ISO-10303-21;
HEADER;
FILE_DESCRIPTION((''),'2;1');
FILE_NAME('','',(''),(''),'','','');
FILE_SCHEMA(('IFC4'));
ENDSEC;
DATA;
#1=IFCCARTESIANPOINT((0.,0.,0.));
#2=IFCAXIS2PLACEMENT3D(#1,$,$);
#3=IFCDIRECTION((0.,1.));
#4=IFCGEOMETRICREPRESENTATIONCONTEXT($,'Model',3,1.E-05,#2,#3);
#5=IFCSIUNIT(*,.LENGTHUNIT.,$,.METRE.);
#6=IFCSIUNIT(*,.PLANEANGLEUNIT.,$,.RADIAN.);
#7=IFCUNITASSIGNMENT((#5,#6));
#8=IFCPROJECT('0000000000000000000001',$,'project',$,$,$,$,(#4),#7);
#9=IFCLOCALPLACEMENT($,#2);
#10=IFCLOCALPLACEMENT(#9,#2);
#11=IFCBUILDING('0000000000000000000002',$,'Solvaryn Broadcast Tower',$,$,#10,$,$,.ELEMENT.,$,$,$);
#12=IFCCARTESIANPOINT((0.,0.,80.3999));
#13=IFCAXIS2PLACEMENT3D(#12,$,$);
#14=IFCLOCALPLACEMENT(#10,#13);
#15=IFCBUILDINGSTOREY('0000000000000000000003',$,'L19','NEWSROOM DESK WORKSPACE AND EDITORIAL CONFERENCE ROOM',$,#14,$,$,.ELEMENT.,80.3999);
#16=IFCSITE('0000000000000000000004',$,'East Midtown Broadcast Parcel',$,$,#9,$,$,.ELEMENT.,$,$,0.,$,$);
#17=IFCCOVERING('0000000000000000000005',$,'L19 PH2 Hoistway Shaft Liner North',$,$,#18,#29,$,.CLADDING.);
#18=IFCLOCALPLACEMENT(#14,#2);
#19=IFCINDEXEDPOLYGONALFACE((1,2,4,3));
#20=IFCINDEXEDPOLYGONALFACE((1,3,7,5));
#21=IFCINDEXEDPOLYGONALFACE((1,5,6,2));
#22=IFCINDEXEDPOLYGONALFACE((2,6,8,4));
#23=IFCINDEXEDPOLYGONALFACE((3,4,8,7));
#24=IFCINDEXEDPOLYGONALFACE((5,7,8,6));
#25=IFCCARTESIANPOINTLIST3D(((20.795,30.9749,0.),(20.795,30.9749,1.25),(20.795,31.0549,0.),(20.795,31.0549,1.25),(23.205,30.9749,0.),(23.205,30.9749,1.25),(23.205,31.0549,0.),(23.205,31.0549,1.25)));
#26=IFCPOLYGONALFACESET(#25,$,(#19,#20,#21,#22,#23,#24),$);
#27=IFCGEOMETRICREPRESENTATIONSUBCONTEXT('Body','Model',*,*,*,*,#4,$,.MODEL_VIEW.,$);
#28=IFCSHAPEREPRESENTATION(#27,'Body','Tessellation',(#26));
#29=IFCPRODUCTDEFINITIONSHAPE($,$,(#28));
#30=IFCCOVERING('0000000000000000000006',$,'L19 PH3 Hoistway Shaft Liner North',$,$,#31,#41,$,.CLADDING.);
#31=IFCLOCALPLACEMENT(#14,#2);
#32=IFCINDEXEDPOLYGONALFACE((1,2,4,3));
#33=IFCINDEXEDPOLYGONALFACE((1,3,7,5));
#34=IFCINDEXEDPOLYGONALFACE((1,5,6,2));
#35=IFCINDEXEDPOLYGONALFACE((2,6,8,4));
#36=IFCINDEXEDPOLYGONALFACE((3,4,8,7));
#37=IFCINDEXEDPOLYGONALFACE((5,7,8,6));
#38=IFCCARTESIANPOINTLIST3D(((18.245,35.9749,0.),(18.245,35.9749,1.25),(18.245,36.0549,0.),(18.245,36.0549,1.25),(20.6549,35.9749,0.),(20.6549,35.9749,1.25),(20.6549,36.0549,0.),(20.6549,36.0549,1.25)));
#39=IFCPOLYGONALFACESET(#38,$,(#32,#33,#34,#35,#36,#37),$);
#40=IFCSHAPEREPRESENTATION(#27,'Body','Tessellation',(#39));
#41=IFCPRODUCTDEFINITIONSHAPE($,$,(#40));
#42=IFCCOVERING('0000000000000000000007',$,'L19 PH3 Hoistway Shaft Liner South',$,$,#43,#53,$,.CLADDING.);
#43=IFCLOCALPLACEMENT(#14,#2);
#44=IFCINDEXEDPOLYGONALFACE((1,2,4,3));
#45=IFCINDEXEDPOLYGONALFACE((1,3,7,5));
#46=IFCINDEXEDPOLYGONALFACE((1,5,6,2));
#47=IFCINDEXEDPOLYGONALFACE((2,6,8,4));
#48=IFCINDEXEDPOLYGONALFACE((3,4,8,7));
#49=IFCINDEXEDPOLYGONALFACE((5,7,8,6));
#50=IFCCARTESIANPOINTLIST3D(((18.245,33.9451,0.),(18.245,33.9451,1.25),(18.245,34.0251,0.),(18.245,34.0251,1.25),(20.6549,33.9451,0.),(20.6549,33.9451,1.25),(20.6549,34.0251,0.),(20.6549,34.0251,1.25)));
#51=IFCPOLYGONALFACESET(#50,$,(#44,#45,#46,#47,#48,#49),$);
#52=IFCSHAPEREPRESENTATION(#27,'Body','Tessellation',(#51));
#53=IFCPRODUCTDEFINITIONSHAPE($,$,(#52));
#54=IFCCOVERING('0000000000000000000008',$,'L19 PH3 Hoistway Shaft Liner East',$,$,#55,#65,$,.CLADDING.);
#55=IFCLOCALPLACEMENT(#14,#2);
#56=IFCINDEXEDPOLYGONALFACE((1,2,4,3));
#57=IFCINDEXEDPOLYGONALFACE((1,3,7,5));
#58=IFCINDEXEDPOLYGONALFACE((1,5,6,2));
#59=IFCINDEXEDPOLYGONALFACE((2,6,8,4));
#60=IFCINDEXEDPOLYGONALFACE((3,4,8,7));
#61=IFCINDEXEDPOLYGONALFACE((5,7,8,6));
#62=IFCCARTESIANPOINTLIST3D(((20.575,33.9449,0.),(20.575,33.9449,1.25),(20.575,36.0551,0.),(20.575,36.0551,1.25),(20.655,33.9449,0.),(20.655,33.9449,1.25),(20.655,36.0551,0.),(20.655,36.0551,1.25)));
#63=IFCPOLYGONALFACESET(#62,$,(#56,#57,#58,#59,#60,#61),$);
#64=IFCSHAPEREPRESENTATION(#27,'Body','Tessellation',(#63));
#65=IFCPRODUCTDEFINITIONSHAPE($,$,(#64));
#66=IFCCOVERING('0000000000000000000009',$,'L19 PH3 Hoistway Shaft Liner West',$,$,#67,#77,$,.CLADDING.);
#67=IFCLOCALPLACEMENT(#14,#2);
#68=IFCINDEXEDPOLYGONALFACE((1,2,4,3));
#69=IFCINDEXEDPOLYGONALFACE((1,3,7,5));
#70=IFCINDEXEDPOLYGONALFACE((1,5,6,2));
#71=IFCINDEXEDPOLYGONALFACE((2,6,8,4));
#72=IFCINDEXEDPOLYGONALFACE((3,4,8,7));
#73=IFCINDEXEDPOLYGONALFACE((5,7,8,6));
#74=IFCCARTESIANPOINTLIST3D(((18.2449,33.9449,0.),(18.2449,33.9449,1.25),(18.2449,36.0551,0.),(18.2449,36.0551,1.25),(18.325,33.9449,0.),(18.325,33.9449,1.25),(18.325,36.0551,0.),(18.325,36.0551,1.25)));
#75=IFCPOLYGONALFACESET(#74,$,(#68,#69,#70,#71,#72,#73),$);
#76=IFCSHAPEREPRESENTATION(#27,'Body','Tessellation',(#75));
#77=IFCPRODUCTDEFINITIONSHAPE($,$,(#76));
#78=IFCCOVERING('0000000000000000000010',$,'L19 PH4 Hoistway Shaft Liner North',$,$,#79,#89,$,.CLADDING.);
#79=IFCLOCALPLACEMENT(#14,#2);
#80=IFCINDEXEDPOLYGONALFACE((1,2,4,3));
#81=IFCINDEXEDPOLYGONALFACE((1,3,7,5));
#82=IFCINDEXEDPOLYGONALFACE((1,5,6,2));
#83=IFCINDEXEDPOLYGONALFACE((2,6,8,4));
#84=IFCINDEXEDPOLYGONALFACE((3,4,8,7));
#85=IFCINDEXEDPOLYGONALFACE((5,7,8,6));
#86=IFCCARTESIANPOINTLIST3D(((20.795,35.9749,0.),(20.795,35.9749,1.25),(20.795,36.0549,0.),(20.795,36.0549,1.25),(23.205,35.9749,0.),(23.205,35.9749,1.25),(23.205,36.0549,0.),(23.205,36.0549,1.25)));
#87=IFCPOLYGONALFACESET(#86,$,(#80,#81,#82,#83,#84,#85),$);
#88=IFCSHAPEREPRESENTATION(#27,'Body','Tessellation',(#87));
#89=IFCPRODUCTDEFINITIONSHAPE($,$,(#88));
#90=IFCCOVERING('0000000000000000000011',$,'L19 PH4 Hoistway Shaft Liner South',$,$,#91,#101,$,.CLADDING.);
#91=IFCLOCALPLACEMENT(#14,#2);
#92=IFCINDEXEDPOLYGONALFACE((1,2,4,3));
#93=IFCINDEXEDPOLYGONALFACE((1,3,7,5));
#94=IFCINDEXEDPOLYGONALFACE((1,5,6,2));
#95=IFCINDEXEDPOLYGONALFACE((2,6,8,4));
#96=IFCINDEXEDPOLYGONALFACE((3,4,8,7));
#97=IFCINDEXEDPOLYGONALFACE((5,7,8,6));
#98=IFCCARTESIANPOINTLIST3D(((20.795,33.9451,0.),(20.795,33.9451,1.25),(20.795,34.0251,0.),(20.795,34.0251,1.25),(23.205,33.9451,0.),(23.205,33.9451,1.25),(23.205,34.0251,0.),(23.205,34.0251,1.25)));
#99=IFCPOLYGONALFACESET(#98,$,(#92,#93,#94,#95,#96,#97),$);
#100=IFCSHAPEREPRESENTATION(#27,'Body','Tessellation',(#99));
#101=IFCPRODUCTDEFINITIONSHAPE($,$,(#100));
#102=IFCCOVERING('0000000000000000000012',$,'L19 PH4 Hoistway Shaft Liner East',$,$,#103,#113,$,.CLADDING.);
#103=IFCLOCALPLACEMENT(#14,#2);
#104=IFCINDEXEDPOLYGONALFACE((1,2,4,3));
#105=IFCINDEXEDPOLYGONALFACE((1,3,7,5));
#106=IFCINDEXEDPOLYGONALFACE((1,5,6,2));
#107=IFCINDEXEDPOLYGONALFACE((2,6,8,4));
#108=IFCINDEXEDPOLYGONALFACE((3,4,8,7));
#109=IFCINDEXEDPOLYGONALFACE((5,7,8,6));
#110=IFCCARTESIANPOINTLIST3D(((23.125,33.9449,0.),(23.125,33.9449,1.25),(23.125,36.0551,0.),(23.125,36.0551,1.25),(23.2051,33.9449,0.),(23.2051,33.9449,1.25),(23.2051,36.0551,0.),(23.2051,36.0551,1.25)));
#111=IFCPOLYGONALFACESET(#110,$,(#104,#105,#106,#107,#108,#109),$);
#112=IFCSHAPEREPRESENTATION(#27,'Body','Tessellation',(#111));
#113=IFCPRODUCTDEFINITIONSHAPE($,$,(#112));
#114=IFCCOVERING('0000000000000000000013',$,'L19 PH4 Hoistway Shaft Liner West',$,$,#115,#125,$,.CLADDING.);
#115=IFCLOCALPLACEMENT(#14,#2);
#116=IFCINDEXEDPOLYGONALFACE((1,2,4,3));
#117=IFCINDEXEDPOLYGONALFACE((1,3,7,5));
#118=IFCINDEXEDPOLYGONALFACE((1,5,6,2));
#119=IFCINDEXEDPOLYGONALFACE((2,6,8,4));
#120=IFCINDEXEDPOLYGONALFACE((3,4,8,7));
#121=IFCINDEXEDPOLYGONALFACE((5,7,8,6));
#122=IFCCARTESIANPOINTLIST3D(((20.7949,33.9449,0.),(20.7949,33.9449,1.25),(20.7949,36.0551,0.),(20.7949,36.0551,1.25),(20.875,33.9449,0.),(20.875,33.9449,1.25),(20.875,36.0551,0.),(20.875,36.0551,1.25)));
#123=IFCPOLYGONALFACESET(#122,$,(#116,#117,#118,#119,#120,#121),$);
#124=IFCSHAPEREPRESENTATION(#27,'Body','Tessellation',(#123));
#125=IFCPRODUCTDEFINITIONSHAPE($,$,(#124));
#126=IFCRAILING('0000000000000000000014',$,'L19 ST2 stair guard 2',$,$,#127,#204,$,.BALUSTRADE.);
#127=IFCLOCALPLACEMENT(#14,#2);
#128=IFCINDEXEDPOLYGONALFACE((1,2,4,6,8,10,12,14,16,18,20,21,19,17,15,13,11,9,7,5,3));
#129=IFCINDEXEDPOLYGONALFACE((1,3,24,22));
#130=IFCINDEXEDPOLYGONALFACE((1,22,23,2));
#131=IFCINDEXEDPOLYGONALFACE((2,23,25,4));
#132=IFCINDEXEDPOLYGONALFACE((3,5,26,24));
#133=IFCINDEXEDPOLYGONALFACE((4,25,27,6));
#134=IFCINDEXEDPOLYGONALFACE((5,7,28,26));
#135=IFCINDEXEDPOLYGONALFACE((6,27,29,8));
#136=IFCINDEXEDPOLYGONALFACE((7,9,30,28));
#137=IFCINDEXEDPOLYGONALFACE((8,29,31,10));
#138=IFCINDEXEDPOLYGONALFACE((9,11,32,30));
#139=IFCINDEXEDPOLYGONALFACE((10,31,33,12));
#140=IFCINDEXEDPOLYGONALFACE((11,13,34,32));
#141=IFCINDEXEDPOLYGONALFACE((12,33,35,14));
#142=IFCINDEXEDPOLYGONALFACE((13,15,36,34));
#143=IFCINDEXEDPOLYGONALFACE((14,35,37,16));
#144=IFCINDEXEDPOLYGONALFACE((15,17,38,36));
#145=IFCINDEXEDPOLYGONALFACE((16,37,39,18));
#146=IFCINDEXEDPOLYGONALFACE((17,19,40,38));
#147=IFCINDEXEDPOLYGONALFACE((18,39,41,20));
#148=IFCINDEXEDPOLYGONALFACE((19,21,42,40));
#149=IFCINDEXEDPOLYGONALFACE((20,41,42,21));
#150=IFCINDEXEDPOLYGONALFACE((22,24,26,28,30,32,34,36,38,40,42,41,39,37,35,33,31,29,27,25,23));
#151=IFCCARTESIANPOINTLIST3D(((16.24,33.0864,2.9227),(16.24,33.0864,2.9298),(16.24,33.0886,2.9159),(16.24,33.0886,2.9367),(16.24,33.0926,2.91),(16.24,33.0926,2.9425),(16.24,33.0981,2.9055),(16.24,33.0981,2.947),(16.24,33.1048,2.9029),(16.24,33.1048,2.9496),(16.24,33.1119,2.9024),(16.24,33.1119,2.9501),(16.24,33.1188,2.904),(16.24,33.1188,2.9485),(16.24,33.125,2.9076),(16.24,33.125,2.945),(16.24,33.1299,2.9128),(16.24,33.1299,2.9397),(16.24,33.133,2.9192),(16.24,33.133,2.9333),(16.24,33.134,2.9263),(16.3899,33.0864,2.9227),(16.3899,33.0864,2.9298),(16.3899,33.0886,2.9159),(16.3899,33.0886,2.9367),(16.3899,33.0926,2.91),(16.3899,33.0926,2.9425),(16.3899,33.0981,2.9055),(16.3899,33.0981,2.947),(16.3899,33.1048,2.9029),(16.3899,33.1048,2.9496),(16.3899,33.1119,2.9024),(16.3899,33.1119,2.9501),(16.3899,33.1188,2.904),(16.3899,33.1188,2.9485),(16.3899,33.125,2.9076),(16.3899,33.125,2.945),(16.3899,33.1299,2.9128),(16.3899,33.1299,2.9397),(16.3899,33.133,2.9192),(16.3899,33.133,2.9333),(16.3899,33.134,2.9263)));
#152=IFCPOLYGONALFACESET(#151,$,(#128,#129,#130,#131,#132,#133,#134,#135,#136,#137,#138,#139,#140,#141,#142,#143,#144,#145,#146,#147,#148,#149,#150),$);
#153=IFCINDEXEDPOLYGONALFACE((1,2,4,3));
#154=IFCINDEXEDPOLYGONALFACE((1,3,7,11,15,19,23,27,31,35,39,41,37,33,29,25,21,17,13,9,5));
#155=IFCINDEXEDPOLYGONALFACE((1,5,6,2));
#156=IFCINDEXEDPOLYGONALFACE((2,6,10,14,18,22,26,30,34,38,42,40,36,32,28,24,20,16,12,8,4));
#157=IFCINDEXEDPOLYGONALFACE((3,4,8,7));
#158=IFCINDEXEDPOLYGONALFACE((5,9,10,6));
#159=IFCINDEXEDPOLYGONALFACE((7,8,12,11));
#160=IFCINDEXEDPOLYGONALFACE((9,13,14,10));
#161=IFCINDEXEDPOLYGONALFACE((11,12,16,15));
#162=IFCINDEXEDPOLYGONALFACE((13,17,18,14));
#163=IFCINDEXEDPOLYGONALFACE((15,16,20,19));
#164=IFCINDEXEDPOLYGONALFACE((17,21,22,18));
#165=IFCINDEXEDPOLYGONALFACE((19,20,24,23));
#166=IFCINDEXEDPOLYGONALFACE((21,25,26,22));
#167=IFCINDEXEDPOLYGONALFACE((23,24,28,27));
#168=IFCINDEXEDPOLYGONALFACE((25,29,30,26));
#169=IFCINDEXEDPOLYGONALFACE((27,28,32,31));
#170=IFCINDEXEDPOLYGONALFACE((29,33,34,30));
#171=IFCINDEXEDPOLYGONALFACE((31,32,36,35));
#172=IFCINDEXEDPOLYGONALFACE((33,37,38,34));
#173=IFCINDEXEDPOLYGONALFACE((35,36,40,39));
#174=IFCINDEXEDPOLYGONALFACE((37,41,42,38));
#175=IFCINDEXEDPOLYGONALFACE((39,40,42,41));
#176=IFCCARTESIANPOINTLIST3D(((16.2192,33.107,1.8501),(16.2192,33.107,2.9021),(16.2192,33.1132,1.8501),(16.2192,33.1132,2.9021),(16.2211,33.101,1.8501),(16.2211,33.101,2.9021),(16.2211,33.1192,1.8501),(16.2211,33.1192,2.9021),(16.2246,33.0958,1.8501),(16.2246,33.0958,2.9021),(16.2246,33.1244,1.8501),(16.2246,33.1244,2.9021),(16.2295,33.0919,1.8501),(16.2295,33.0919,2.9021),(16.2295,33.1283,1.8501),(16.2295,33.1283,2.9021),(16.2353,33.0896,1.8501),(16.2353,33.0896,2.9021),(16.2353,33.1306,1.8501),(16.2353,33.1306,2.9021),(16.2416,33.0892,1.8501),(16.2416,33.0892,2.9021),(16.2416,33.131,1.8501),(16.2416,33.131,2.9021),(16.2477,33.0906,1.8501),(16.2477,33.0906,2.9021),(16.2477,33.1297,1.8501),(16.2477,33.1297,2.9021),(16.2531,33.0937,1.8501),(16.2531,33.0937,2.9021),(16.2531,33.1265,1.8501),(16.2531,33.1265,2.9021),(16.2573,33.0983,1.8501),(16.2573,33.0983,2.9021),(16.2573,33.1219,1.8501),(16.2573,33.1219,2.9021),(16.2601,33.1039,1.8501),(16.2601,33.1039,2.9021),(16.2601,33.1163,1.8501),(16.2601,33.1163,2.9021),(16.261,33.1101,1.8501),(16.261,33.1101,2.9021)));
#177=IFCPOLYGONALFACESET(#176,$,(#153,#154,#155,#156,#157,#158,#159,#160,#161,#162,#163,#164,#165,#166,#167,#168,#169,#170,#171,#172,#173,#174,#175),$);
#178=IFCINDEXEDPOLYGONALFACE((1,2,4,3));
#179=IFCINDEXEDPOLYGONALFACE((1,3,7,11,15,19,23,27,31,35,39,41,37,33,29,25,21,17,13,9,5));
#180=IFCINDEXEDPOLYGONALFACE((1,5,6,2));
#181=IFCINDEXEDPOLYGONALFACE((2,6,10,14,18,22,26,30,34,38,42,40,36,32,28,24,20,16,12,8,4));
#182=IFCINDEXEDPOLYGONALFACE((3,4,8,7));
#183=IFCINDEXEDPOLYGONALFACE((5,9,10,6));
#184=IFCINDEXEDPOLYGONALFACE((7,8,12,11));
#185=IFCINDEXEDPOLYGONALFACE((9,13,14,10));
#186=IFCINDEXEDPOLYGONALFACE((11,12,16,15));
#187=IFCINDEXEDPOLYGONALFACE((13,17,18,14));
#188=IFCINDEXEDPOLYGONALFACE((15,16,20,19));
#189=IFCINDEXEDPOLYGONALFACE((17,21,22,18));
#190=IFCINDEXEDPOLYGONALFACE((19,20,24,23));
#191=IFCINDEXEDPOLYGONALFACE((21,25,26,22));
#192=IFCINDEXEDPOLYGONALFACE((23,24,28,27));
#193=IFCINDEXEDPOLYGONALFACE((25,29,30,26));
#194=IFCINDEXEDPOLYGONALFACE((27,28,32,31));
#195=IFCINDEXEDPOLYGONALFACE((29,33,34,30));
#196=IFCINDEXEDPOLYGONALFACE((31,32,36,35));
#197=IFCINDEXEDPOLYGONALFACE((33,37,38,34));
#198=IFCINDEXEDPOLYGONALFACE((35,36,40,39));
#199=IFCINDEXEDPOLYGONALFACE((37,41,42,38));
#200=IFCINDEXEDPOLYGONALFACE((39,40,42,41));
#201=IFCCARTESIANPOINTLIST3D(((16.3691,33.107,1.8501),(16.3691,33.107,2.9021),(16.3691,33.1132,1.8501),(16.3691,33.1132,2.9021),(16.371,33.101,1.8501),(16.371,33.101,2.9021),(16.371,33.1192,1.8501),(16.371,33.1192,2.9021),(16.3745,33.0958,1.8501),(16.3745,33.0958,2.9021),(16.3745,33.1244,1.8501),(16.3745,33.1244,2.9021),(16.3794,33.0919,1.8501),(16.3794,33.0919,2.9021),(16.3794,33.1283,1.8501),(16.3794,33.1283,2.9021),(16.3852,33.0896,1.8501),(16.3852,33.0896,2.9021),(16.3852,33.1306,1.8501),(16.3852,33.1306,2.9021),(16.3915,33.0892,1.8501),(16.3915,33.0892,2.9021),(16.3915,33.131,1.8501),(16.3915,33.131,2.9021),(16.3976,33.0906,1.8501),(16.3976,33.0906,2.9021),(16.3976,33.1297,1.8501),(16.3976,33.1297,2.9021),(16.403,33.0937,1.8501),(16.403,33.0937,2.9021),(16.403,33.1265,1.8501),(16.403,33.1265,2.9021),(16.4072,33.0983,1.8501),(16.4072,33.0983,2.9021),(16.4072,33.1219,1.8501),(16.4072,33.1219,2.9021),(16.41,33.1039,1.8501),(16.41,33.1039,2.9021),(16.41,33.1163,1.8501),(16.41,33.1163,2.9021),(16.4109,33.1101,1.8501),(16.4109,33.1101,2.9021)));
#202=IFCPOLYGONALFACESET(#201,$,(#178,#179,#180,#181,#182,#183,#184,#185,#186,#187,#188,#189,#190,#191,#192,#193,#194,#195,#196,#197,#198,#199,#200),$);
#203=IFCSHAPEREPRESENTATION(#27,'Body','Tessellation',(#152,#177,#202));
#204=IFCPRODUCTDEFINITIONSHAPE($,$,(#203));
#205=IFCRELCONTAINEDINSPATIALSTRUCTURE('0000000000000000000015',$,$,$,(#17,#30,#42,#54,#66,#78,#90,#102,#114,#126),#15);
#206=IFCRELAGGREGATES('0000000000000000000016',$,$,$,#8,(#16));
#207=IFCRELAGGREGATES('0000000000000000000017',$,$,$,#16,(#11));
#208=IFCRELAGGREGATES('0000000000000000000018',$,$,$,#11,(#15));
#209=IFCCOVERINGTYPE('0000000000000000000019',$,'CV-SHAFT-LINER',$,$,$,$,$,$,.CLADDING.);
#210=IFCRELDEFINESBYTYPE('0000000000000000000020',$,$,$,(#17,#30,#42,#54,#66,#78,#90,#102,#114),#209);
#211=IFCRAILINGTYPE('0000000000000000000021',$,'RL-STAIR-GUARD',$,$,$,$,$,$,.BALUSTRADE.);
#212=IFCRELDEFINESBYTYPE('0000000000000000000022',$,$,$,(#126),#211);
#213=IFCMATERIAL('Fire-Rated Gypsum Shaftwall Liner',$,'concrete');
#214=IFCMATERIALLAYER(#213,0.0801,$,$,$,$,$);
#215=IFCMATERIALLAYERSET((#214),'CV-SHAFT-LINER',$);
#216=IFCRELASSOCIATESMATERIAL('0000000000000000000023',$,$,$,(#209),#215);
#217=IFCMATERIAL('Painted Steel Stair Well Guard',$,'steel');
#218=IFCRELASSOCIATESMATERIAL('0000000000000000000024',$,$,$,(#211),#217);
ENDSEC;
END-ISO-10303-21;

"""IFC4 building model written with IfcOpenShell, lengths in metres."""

from ifc_helpers import new_model, si_unit, direction, frame, origin, origin_2d, place, context, subcontext, project, spatial, rectangle, circle, extrude, material, layer, layer_set, type_object, element, save


model = new_model("IFC4")

# Units and contexts
model_context = context("Model", 3, precision=1e-05, world=origin(), true_north=direction((0.0, 1.0)))
body_context = subcontext(model_context, "Body", "Model", "MODEL_VIEW")
ifc_project = project(units=[si_unit("LENGTHUNIT", "METRE"), si_unit("PLANEANGLEUNIT", "RADIAN")], contexts=[model_context])

# Site, building, storey
site_placement = place(None, origin())
site = spatial("IfcSite", under=ifc_project, at=site_placement, Name="East Midtown Broadcast Parcel", CompositionType="ELEMENT", RefElevation=0.0)
building_placement = place(site_placement, origin())
building = spatial("IfcBuilding", under=site, at=building_placement, Name="Solvaryn Broadcast Tower", CompositionType="ELEMENT")
storey_placement = place(building_placement, frame((0.0, 0.0, 80.3999)))
storey = spatial("IfcBuildingStorey", under=building, at=storey_placement, Name="L19", Description="NEWSROOM DESK WORKSPACE AND EDITORIAL CONFERENCE ROOM", CompositionType="ELEMENT", Elevation=80.3999)

# Coverings
ifc_material_1 = material(Name="Fire-Rated Gypsum Shaftwall Liner", Category="concrete")
ifc_layer_1 = layer(ifc_material_1, 0.0801)
ifc_layer_set_1 = layer_set([ifc_layer_1], Name="CV-SHAFT-LINER")
covering_type = type_object("IfcCoveringType", Name="CV-SHAFT-LINER", PredefinedType="CLADDING", material=ifc_layer_set_1)
for number, where, z_axis, x_axis, name in (
    (1, (22.0, 31.0149, 0.0), (0.0, 0.0, 1.0), (1.0, 0.0, 0.0), "L19 PH2 Hoistway Shaft Liner North"),
    (2, (19.45, 36.0149, 0.0), (0.0, 0.0, 1.0), (1.0, 0.0, 0.0), "L19 PH3 Hoistway Shaft Liner North"),
    (3, (19.45, 33.9851, 0.0), (0.0, 0.0, 1.0), (1.0, 0.0, 0.0), "L19 PH3 Hoistway Shaft Liner South"),
):
    element("IfcCovering", number, at=place(storey_placement, frame(where, z_axis=z_axis, x_axis=x_axis)), inside=storey, type_object=covering_type, Name=name, PredefinedType="CLADDING", context=body_context, shape_type="SweptSolid", body=[
        extrude(rectangle(XDim=2.4099, YDim=0.0801, at=origin_2d()), origin(), (0.0, 0.0, 1.0), 1.25),
    ])
for number, where, z_axis, x_axis, name in (
    (4, (20.615, 35.0, 0.0), (0.0, 0.0, 1.0), (1.0, 0.0, 0.0), "L19 PH3 Hoistway Shaft Liner East"),
    (5, (18.2849, 35.0, 0.0), (0.0, 0.0, 1.0), (1.0, 0.0, 0.0), "L19 PH3 Hoistway Shaft Liner West"),
):
    element("IfcCovering", number, at=place(storey_placement, frame(where, z_axis=z_axis, x_axis=x_axis)), inside=storey, type_object=covering_type, Name=name, PredefinedType="CLADDING", context=body_context, shape_type="SweptSolid", body=[
        extrude(rectangle(XDim=0.0801, YDim=2.1101, at=origin_2d()), origin(), (0.0, 0.0, 1.0), 1.25),
    ])
for number, where, z_axis, x_axis, name in (
    (6, (22.0, 36.0149, 0.0), (0.0, 0.0, 1.0), (1.0, 0.0, 0.0), "L19 PH4 Hoistway Shaft Liner North"),
    (7, (22.0, 33.9851, 0.0), (0.0, 0.0, 1.0), (1.0, 0.0, 0.0), "L19 PH4 Hoistway Shaft Liner South"),
):
    element("IfcCovering", number, at=place(storey_placement, frame(where, z_axis=z_axis, x_axis=x_axis)), inside=storey, type_object=covering_type, Name=name, PredefinedType="CLADDING", context=body_context, shape_type="SweptSolid", body=[
        extrude(rectangle(XDim=2.4099, YDim=0.0801, at=origin_2d()), origin(), (0.0, 0.0, 1.0), 1.25),
    ])
for number, where, z_axis, x_axis, name in (
    (8, (23.165, 35.0, 0.0), (0.0, 0.0, 1.0), (1.0, 0.0, 0.0), "L19 PH4 Hoistway Shaft Liner East"),
    (9, (20.835, 35.0, 0.0), (0.0, 0.0, 1.0), (1.0, 0.0, 0.0), "L19 PH4 Hoistway Shaft Liner West"),
):
    element("IfcCovering", number, at=place(storey_placement, frame(where, z_axis=z_axis, x_axis=x_axis)), inside=storey, type_object=covering_type, Name=name, PredefinedType="CLADDING", context=body_context, shape_type="SweptSolid", body=[
        extrude(rectangle(XDim=0.0801, YDim=2.1101, at=origin_2d()), origin(), (0.0, 0.0, 1.0), 1.25),
    ])

# Railing
ifc_material_2 = material(Name="Painted Steel Stair Well Guard", Category="steel")
railing_type_1 = type_object("IfcRailingType", Name="RL-STAIR-GUARD", PredefinedType="BALUSTRADE", material=ifc_material_2)
railing_1_placement = place(storey_placement, frame((16.24, 33.1101, 1.8501)))
element("IfcRailing", 10, at=railing_1_placement, inside=storey, type_object=railing_type_1, Name="L19 ST2 stair guard 2", PredefinedType="BALUSTRADE", context=body_context, shape_type="SweptSolid", body=[
    extrude(circle(Radius=0.0239, at=origin_2d()), frame((0.0, 0.0, 1.0762), z_axis=(1.0, 0.0, 0.0), x_axis=(0.0, 1.0, 0.0)), (0.0, 0.0, 1.0), 0.1499),
    extrude(circle(Radius=0.021, at=origin_2d()), origin(), (0.0, 0.0, 1.0), 1.052),
    extrude(circle(Radius=0.021, at=origin_2d()), frame((0.1499, 0.0, 0.0)), (0.0, 0.0, 1.0), 1.052),
])

save(model, "model.ifc")
